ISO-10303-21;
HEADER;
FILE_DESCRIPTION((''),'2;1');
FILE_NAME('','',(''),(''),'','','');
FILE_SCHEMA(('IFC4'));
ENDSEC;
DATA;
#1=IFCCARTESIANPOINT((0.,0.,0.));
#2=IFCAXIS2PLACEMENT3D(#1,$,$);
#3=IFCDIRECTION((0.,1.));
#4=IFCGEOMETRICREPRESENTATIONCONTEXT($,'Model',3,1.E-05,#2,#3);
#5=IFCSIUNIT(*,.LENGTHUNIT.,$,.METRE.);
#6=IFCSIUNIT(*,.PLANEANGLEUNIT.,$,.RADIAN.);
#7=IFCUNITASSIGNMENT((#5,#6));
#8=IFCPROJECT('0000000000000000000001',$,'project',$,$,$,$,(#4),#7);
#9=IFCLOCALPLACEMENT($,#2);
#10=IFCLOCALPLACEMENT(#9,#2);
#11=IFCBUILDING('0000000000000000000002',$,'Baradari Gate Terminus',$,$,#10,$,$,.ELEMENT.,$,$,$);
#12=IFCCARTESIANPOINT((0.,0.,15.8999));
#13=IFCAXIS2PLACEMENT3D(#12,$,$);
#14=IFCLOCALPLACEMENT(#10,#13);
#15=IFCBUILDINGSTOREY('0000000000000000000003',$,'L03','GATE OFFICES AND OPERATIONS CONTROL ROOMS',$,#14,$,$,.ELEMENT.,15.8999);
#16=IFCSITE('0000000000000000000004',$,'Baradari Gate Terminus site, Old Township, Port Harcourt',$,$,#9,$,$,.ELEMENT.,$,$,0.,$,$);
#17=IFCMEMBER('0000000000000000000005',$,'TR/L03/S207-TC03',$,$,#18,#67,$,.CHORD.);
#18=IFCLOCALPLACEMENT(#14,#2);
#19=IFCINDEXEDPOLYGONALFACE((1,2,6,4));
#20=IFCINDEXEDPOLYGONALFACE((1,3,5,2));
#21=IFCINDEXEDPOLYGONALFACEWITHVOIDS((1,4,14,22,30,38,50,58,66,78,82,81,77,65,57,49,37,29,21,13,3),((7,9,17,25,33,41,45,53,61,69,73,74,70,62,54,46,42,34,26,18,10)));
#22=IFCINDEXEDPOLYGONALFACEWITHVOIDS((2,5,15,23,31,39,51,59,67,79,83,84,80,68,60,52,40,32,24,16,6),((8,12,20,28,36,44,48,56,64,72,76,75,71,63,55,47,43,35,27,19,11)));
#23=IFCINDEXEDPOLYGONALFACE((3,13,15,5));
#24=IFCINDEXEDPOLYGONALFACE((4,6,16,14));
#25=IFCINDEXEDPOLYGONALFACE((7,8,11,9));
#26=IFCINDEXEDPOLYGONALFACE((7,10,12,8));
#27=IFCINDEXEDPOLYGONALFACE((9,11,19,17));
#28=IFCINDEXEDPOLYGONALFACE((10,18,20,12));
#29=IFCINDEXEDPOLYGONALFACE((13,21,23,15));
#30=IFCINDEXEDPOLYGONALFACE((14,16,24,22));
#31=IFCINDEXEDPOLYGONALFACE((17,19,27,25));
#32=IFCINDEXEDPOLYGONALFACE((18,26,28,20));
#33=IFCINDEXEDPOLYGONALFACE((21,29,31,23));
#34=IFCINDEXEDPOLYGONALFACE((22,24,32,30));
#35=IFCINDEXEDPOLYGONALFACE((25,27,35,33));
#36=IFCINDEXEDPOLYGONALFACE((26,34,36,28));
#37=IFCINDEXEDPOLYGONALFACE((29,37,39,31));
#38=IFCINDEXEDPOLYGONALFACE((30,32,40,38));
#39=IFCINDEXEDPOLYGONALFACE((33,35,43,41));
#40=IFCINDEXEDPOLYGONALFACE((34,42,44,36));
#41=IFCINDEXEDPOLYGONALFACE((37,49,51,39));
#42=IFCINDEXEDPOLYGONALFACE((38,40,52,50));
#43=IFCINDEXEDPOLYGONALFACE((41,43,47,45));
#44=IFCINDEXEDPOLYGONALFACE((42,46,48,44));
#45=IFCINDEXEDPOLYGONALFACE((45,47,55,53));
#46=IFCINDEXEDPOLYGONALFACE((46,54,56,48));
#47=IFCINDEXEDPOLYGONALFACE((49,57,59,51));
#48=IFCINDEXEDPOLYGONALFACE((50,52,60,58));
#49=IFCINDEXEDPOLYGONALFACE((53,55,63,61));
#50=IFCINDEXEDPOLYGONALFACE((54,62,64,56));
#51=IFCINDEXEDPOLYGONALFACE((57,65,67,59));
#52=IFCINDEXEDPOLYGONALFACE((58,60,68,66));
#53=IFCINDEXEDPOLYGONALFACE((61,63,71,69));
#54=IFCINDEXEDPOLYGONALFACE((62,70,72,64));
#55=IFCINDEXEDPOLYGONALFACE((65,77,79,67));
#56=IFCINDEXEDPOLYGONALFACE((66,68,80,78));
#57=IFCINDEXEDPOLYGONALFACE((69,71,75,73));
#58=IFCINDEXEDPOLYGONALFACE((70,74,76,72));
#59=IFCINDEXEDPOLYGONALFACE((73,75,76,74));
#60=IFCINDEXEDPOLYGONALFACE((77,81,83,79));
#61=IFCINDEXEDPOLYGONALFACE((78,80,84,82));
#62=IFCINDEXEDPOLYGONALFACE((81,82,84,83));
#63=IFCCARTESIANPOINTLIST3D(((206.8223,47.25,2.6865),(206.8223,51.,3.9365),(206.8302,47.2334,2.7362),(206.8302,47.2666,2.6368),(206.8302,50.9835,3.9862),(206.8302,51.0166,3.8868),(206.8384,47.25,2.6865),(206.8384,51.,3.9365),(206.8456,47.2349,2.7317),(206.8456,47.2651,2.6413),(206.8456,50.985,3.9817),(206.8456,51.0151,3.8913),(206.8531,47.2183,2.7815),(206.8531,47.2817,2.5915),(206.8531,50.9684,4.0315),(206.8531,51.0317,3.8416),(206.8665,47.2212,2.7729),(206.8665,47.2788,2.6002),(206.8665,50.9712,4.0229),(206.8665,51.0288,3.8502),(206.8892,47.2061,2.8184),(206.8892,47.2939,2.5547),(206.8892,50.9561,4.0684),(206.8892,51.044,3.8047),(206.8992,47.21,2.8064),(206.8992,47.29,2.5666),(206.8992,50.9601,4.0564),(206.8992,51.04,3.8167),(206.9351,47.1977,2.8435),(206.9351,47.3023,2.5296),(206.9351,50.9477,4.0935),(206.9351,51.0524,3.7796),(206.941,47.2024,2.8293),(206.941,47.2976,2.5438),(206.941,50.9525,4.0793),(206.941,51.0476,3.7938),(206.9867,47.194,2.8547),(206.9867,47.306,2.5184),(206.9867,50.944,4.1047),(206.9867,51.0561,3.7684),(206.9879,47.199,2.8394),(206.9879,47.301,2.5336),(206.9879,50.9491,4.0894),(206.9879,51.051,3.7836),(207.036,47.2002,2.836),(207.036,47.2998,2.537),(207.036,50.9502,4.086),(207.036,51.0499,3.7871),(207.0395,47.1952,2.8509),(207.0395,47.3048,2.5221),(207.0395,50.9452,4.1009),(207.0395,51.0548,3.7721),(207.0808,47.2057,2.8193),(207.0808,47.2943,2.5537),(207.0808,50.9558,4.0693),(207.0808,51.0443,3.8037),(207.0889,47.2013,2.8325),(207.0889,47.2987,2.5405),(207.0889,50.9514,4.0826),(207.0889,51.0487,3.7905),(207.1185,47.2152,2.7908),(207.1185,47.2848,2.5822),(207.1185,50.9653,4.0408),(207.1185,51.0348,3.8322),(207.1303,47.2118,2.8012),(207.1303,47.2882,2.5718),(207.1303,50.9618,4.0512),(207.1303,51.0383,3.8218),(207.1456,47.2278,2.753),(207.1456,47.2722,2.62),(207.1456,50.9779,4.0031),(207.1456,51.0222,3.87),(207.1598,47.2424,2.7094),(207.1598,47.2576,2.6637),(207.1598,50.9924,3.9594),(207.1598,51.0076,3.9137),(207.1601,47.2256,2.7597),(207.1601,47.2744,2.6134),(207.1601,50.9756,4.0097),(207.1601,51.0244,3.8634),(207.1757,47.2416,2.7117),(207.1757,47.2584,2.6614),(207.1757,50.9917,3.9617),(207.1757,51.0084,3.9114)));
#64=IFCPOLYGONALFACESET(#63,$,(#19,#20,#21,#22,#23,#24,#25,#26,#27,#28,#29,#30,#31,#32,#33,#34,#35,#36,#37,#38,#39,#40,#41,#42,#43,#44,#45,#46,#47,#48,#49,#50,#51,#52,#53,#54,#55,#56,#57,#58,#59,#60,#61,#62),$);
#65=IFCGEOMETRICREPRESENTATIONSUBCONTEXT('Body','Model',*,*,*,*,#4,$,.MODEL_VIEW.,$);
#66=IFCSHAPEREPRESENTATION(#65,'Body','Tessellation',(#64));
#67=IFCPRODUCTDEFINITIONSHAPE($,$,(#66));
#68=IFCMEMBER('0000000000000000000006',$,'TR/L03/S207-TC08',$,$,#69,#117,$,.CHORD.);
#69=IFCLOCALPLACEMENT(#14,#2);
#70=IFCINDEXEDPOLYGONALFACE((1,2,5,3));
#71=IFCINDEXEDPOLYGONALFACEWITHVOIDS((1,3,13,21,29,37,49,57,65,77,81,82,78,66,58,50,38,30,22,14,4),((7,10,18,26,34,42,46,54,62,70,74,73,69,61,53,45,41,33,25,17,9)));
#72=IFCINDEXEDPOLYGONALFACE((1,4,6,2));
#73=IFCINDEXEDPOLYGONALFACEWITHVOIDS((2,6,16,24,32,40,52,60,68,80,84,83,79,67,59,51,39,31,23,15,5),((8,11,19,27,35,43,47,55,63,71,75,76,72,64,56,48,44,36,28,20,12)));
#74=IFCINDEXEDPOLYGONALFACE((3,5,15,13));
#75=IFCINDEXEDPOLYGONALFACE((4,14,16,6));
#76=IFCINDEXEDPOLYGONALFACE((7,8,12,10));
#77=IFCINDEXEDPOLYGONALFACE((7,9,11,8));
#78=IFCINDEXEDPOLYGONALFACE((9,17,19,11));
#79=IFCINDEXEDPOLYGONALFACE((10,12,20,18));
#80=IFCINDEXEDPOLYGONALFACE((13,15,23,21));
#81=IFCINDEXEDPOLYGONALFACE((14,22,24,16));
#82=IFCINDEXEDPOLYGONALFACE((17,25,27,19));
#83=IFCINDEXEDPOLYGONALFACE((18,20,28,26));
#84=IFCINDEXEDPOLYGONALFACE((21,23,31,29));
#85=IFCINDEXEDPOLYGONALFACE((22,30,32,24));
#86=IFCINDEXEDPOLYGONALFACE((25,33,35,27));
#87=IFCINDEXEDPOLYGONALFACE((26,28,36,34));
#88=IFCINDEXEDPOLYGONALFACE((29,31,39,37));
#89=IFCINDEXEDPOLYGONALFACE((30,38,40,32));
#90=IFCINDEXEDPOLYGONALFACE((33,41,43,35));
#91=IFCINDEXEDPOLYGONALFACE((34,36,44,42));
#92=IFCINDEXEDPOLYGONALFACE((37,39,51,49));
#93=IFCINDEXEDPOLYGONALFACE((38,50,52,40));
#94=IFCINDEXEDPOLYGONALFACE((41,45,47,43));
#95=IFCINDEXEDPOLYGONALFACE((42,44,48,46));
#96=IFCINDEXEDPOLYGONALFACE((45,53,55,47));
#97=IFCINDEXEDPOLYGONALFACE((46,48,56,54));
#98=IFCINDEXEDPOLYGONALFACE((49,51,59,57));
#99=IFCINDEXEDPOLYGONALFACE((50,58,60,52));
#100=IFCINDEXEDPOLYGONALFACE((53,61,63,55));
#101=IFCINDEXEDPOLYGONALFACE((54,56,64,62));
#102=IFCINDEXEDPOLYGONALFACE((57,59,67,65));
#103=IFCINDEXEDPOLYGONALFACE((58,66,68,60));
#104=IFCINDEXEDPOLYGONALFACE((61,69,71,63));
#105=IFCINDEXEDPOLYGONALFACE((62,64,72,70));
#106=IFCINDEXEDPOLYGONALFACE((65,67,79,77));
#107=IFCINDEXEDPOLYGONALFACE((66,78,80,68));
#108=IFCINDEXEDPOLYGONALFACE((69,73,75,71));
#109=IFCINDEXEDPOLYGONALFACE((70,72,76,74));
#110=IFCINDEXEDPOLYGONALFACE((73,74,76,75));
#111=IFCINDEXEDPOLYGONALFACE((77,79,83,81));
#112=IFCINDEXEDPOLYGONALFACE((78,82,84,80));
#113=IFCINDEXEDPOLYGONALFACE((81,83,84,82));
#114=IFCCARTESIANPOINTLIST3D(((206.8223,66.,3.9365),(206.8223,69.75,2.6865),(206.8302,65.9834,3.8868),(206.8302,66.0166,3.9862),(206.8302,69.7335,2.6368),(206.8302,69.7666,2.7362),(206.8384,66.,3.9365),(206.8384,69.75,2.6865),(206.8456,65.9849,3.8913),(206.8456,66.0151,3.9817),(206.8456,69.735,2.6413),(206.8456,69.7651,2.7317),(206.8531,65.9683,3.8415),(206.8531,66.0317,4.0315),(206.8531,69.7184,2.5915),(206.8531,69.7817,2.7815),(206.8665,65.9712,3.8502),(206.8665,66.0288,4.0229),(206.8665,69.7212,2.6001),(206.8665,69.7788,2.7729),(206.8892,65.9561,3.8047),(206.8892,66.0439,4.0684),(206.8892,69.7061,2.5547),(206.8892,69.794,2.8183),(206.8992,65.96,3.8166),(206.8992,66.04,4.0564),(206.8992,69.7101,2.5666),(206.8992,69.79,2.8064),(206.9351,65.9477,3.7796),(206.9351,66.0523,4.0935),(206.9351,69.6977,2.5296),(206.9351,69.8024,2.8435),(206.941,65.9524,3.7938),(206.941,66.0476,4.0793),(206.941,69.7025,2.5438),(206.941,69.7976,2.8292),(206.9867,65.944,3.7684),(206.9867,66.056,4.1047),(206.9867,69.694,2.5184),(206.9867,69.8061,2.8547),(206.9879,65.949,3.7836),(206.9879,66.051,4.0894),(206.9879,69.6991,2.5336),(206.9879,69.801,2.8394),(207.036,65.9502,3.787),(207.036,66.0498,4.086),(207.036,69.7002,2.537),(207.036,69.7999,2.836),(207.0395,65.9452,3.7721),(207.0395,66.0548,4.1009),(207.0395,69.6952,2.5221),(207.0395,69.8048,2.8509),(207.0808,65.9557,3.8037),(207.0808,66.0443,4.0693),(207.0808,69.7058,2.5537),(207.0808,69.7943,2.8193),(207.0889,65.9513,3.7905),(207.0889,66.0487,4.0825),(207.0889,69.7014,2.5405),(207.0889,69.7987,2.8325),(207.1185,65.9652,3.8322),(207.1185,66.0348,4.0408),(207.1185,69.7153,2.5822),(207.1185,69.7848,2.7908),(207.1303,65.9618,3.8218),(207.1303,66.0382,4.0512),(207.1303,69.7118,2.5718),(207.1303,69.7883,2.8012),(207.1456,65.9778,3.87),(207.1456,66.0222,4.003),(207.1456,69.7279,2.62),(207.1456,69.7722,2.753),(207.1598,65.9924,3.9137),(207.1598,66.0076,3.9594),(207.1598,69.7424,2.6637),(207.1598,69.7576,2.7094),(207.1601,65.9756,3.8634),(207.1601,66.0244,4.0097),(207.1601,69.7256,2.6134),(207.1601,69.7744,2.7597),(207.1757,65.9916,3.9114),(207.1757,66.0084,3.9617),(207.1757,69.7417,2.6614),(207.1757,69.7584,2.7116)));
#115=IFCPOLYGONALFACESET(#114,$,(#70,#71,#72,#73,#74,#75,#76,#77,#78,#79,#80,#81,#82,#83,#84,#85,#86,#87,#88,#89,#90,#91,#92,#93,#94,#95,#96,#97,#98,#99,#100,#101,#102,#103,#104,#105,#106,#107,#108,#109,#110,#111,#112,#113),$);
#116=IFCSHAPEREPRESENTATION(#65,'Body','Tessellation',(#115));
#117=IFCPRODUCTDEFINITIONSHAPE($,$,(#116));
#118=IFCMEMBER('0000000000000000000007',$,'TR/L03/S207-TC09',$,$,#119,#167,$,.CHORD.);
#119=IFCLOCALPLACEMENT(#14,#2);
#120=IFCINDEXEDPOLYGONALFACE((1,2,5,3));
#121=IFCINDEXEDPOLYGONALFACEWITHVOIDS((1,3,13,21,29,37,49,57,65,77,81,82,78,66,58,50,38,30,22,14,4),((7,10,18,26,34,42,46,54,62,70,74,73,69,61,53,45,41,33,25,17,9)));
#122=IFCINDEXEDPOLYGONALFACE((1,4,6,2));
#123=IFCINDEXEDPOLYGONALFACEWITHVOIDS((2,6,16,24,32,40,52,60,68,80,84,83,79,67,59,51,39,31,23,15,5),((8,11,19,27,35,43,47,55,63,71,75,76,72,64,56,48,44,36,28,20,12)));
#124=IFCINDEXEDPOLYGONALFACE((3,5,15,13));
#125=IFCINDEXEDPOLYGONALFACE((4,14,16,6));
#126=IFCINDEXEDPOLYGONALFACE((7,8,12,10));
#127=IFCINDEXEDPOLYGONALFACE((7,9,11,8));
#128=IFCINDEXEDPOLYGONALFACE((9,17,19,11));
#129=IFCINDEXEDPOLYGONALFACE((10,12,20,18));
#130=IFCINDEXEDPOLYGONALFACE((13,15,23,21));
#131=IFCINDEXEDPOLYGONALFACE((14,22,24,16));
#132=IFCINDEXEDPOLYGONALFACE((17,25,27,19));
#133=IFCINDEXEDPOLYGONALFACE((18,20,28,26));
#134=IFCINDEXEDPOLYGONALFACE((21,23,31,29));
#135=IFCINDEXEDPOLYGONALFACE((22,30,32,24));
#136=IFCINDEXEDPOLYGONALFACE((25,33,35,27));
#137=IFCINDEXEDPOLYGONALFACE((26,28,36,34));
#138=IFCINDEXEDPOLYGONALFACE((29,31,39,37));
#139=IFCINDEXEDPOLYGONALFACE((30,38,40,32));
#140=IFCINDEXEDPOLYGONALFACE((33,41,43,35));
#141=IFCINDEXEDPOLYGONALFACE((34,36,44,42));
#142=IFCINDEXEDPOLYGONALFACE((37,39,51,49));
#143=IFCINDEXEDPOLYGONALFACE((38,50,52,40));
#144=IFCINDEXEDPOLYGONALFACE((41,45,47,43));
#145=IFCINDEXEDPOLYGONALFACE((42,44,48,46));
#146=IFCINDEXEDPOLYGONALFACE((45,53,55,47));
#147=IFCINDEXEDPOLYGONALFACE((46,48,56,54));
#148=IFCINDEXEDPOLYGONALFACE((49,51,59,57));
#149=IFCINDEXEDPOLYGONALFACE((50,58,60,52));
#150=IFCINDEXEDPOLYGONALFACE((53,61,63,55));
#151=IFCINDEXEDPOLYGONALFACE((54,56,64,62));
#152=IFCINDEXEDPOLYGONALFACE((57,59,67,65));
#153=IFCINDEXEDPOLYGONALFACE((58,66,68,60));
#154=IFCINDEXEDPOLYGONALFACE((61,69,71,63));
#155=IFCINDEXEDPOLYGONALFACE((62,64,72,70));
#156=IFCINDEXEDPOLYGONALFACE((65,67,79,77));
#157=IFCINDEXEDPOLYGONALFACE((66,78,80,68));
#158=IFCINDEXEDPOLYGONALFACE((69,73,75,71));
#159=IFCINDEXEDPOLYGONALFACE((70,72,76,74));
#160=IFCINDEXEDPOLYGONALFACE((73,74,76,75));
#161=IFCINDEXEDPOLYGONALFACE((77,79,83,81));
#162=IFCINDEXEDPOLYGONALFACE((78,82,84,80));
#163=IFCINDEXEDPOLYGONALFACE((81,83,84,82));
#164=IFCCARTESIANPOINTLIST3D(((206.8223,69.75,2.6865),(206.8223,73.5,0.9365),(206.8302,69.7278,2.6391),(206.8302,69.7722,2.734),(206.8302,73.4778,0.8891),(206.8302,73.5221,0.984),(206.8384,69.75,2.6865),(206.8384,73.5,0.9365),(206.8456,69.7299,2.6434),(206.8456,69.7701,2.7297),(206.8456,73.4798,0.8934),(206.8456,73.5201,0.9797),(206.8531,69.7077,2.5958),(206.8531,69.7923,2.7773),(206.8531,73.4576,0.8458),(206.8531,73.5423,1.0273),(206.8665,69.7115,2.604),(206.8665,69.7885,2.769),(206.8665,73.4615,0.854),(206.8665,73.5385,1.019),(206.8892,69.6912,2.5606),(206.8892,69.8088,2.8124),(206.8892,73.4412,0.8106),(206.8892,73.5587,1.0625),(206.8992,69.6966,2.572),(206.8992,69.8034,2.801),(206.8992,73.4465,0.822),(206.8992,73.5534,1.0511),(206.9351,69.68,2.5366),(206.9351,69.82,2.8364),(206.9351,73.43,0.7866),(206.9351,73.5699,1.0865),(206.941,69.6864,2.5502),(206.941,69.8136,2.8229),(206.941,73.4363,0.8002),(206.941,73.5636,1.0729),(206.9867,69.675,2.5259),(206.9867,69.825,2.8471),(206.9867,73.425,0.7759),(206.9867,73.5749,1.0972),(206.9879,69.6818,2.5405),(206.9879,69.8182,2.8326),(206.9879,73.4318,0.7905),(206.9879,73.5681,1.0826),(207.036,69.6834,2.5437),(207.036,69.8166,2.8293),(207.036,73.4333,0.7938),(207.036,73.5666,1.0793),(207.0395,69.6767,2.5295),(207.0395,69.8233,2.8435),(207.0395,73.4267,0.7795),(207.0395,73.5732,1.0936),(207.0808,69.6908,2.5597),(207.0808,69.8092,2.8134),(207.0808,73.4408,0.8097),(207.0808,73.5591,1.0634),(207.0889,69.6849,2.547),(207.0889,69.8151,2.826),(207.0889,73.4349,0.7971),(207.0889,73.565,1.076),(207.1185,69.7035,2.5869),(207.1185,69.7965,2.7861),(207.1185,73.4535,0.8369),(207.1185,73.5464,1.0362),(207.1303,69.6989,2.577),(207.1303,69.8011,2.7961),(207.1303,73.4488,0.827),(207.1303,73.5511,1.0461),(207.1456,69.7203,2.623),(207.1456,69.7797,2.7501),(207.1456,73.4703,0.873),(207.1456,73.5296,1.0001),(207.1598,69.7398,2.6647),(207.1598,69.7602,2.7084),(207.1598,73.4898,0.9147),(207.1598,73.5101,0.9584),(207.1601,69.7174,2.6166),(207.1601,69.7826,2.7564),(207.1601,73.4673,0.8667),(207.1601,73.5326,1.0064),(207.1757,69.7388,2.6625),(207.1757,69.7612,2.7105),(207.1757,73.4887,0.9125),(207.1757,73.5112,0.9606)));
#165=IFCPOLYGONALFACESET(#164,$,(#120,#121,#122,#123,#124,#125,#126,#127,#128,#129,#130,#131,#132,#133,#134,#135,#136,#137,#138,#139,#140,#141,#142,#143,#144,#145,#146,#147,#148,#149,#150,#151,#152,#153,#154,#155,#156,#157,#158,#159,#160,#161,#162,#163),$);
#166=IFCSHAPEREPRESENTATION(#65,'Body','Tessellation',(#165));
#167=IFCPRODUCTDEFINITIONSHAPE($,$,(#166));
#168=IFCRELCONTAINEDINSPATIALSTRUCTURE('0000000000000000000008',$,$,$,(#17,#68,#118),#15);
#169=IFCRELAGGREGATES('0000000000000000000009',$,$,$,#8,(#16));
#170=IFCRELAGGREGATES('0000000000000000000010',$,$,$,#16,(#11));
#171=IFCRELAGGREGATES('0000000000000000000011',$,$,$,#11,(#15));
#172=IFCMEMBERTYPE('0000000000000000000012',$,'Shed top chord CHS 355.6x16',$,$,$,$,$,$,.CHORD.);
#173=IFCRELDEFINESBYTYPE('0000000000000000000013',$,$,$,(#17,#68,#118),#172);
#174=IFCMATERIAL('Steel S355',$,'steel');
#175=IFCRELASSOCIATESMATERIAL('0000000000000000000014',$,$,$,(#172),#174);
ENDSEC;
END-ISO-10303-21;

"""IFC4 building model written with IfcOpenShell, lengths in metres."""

from ifc_helpers import new_model, si_unit, direction, frame, origin, origin_2d, place, context, subcontext, project, spatial, hollow_circle, extrude, material, material_profile, profile_set, type_object, element, save


model = new_model("IFC4")

# Units and contexts
model_context = context("Model", 3, precision=1e-05, world=origin(), true_north=direction((0.0, 1.0)))
body_context = subcontext(model_context, "Body", "Model", "MODEL_VIEW")
ifc_project = project(units=[si_unit("LENGTHUNIT", "METRE"), si_unit("PLANEANGLEUNIT", "RADIAN")], contexts=[model_context])

# Site, building, storey
site_placement = place(None, origin())
site = spatial("IfcSite", under=ifc_project, at=site_placement, Name="Baradari Gate Terminus site, Old Township, Port Harcourt", CompositionType="ELEMENT", RefElevation=0.0)
building_placement = place(site_placement, origin())
building = spatial("IfcBuilding", under=site, at=building_placement, Name="Baradari Gate Terminus", CompositionType="ELEMENT")
storey_placement = place(building_placement, frame((0.0, 0.0, 15.8999)))
storey = spatial("IfcBuildingStorey", under=building, at=storey_placement, Name="L03", Description="GATE OFFICES AND OPERATIONS CONTROL ROOMS", CompositionType="ELEMENT", Elevation=15.8999)

# Members
ifc_material_1 = material(Name="Steel S355", Category="steel")
ifc_material_profile_1 = material_profile(ifc_material_1, hollow_circle(Radius=0.1777, WallThickness=0.0161, at=origin_2d()), Name="CHS 355.6x16")
ifc_profile_set_1 = profile_set([ifc_material_profile_1], Name="Steel S355")
member_type_1 = type_object("IfcMemberType", Name="Shed top chord CHS 355.6x16", PredefinedType="CHORD", material=ifc_profile_set_1)
for number, where, z_axis, x_axis, name in (
    (1, (207.0, 47.25, 2.6865), (0.0, 0.948683, 0.316228), (-1.0, 0.0, 0.0), "TR/L03/S207-TC03"),
    (2, (207.0, 66.0, 3.9365), (0.0, 0.948683, -0.316228), (-1.0, 0.0, 0.0), "TR/L03/S207-TC08"),
):
    element("IfcMember", number, at=place(storey_placement, frame(where, z_axis=z_axis, x_axis=x_axis)), inside=storey, type_object=member_type_1, Name=name, PredefinedType="CHORD", context=body_context, shape_type="SweptSolid", body=[
        extrude(hollow_circle(Radius=0.1777, WallThickness=0.0161, at=origin_2d()), origin(), (0.0, 0.0, 1.0), 3.9529),
    ])
for number, where, z_axis, x_axis, name in (
    (3, (207.0, 69.75, 2.6865), (0.0, 0.906183, -0.422885), (-1.0, 0.0, 0.0), "TR/L03/S207-TC09"),
):
    element("IfcMember", number, at=place(storey_placement, frame(where, z_axis=z_axis, x_axis=x_axis)), inside=storey, type_object=member_type_1, Name=name, PredefinedType="CHORD", context=body_context, shape_type="SweptSolid", body=[
        extrude(hollow_circle(Radius=0.1777, WallThickness=0.0161, at=origin_2d()), origin(), (0.0, 0.0, 1.0), 4.1382),
    ])

save(model, "model.ifc")
